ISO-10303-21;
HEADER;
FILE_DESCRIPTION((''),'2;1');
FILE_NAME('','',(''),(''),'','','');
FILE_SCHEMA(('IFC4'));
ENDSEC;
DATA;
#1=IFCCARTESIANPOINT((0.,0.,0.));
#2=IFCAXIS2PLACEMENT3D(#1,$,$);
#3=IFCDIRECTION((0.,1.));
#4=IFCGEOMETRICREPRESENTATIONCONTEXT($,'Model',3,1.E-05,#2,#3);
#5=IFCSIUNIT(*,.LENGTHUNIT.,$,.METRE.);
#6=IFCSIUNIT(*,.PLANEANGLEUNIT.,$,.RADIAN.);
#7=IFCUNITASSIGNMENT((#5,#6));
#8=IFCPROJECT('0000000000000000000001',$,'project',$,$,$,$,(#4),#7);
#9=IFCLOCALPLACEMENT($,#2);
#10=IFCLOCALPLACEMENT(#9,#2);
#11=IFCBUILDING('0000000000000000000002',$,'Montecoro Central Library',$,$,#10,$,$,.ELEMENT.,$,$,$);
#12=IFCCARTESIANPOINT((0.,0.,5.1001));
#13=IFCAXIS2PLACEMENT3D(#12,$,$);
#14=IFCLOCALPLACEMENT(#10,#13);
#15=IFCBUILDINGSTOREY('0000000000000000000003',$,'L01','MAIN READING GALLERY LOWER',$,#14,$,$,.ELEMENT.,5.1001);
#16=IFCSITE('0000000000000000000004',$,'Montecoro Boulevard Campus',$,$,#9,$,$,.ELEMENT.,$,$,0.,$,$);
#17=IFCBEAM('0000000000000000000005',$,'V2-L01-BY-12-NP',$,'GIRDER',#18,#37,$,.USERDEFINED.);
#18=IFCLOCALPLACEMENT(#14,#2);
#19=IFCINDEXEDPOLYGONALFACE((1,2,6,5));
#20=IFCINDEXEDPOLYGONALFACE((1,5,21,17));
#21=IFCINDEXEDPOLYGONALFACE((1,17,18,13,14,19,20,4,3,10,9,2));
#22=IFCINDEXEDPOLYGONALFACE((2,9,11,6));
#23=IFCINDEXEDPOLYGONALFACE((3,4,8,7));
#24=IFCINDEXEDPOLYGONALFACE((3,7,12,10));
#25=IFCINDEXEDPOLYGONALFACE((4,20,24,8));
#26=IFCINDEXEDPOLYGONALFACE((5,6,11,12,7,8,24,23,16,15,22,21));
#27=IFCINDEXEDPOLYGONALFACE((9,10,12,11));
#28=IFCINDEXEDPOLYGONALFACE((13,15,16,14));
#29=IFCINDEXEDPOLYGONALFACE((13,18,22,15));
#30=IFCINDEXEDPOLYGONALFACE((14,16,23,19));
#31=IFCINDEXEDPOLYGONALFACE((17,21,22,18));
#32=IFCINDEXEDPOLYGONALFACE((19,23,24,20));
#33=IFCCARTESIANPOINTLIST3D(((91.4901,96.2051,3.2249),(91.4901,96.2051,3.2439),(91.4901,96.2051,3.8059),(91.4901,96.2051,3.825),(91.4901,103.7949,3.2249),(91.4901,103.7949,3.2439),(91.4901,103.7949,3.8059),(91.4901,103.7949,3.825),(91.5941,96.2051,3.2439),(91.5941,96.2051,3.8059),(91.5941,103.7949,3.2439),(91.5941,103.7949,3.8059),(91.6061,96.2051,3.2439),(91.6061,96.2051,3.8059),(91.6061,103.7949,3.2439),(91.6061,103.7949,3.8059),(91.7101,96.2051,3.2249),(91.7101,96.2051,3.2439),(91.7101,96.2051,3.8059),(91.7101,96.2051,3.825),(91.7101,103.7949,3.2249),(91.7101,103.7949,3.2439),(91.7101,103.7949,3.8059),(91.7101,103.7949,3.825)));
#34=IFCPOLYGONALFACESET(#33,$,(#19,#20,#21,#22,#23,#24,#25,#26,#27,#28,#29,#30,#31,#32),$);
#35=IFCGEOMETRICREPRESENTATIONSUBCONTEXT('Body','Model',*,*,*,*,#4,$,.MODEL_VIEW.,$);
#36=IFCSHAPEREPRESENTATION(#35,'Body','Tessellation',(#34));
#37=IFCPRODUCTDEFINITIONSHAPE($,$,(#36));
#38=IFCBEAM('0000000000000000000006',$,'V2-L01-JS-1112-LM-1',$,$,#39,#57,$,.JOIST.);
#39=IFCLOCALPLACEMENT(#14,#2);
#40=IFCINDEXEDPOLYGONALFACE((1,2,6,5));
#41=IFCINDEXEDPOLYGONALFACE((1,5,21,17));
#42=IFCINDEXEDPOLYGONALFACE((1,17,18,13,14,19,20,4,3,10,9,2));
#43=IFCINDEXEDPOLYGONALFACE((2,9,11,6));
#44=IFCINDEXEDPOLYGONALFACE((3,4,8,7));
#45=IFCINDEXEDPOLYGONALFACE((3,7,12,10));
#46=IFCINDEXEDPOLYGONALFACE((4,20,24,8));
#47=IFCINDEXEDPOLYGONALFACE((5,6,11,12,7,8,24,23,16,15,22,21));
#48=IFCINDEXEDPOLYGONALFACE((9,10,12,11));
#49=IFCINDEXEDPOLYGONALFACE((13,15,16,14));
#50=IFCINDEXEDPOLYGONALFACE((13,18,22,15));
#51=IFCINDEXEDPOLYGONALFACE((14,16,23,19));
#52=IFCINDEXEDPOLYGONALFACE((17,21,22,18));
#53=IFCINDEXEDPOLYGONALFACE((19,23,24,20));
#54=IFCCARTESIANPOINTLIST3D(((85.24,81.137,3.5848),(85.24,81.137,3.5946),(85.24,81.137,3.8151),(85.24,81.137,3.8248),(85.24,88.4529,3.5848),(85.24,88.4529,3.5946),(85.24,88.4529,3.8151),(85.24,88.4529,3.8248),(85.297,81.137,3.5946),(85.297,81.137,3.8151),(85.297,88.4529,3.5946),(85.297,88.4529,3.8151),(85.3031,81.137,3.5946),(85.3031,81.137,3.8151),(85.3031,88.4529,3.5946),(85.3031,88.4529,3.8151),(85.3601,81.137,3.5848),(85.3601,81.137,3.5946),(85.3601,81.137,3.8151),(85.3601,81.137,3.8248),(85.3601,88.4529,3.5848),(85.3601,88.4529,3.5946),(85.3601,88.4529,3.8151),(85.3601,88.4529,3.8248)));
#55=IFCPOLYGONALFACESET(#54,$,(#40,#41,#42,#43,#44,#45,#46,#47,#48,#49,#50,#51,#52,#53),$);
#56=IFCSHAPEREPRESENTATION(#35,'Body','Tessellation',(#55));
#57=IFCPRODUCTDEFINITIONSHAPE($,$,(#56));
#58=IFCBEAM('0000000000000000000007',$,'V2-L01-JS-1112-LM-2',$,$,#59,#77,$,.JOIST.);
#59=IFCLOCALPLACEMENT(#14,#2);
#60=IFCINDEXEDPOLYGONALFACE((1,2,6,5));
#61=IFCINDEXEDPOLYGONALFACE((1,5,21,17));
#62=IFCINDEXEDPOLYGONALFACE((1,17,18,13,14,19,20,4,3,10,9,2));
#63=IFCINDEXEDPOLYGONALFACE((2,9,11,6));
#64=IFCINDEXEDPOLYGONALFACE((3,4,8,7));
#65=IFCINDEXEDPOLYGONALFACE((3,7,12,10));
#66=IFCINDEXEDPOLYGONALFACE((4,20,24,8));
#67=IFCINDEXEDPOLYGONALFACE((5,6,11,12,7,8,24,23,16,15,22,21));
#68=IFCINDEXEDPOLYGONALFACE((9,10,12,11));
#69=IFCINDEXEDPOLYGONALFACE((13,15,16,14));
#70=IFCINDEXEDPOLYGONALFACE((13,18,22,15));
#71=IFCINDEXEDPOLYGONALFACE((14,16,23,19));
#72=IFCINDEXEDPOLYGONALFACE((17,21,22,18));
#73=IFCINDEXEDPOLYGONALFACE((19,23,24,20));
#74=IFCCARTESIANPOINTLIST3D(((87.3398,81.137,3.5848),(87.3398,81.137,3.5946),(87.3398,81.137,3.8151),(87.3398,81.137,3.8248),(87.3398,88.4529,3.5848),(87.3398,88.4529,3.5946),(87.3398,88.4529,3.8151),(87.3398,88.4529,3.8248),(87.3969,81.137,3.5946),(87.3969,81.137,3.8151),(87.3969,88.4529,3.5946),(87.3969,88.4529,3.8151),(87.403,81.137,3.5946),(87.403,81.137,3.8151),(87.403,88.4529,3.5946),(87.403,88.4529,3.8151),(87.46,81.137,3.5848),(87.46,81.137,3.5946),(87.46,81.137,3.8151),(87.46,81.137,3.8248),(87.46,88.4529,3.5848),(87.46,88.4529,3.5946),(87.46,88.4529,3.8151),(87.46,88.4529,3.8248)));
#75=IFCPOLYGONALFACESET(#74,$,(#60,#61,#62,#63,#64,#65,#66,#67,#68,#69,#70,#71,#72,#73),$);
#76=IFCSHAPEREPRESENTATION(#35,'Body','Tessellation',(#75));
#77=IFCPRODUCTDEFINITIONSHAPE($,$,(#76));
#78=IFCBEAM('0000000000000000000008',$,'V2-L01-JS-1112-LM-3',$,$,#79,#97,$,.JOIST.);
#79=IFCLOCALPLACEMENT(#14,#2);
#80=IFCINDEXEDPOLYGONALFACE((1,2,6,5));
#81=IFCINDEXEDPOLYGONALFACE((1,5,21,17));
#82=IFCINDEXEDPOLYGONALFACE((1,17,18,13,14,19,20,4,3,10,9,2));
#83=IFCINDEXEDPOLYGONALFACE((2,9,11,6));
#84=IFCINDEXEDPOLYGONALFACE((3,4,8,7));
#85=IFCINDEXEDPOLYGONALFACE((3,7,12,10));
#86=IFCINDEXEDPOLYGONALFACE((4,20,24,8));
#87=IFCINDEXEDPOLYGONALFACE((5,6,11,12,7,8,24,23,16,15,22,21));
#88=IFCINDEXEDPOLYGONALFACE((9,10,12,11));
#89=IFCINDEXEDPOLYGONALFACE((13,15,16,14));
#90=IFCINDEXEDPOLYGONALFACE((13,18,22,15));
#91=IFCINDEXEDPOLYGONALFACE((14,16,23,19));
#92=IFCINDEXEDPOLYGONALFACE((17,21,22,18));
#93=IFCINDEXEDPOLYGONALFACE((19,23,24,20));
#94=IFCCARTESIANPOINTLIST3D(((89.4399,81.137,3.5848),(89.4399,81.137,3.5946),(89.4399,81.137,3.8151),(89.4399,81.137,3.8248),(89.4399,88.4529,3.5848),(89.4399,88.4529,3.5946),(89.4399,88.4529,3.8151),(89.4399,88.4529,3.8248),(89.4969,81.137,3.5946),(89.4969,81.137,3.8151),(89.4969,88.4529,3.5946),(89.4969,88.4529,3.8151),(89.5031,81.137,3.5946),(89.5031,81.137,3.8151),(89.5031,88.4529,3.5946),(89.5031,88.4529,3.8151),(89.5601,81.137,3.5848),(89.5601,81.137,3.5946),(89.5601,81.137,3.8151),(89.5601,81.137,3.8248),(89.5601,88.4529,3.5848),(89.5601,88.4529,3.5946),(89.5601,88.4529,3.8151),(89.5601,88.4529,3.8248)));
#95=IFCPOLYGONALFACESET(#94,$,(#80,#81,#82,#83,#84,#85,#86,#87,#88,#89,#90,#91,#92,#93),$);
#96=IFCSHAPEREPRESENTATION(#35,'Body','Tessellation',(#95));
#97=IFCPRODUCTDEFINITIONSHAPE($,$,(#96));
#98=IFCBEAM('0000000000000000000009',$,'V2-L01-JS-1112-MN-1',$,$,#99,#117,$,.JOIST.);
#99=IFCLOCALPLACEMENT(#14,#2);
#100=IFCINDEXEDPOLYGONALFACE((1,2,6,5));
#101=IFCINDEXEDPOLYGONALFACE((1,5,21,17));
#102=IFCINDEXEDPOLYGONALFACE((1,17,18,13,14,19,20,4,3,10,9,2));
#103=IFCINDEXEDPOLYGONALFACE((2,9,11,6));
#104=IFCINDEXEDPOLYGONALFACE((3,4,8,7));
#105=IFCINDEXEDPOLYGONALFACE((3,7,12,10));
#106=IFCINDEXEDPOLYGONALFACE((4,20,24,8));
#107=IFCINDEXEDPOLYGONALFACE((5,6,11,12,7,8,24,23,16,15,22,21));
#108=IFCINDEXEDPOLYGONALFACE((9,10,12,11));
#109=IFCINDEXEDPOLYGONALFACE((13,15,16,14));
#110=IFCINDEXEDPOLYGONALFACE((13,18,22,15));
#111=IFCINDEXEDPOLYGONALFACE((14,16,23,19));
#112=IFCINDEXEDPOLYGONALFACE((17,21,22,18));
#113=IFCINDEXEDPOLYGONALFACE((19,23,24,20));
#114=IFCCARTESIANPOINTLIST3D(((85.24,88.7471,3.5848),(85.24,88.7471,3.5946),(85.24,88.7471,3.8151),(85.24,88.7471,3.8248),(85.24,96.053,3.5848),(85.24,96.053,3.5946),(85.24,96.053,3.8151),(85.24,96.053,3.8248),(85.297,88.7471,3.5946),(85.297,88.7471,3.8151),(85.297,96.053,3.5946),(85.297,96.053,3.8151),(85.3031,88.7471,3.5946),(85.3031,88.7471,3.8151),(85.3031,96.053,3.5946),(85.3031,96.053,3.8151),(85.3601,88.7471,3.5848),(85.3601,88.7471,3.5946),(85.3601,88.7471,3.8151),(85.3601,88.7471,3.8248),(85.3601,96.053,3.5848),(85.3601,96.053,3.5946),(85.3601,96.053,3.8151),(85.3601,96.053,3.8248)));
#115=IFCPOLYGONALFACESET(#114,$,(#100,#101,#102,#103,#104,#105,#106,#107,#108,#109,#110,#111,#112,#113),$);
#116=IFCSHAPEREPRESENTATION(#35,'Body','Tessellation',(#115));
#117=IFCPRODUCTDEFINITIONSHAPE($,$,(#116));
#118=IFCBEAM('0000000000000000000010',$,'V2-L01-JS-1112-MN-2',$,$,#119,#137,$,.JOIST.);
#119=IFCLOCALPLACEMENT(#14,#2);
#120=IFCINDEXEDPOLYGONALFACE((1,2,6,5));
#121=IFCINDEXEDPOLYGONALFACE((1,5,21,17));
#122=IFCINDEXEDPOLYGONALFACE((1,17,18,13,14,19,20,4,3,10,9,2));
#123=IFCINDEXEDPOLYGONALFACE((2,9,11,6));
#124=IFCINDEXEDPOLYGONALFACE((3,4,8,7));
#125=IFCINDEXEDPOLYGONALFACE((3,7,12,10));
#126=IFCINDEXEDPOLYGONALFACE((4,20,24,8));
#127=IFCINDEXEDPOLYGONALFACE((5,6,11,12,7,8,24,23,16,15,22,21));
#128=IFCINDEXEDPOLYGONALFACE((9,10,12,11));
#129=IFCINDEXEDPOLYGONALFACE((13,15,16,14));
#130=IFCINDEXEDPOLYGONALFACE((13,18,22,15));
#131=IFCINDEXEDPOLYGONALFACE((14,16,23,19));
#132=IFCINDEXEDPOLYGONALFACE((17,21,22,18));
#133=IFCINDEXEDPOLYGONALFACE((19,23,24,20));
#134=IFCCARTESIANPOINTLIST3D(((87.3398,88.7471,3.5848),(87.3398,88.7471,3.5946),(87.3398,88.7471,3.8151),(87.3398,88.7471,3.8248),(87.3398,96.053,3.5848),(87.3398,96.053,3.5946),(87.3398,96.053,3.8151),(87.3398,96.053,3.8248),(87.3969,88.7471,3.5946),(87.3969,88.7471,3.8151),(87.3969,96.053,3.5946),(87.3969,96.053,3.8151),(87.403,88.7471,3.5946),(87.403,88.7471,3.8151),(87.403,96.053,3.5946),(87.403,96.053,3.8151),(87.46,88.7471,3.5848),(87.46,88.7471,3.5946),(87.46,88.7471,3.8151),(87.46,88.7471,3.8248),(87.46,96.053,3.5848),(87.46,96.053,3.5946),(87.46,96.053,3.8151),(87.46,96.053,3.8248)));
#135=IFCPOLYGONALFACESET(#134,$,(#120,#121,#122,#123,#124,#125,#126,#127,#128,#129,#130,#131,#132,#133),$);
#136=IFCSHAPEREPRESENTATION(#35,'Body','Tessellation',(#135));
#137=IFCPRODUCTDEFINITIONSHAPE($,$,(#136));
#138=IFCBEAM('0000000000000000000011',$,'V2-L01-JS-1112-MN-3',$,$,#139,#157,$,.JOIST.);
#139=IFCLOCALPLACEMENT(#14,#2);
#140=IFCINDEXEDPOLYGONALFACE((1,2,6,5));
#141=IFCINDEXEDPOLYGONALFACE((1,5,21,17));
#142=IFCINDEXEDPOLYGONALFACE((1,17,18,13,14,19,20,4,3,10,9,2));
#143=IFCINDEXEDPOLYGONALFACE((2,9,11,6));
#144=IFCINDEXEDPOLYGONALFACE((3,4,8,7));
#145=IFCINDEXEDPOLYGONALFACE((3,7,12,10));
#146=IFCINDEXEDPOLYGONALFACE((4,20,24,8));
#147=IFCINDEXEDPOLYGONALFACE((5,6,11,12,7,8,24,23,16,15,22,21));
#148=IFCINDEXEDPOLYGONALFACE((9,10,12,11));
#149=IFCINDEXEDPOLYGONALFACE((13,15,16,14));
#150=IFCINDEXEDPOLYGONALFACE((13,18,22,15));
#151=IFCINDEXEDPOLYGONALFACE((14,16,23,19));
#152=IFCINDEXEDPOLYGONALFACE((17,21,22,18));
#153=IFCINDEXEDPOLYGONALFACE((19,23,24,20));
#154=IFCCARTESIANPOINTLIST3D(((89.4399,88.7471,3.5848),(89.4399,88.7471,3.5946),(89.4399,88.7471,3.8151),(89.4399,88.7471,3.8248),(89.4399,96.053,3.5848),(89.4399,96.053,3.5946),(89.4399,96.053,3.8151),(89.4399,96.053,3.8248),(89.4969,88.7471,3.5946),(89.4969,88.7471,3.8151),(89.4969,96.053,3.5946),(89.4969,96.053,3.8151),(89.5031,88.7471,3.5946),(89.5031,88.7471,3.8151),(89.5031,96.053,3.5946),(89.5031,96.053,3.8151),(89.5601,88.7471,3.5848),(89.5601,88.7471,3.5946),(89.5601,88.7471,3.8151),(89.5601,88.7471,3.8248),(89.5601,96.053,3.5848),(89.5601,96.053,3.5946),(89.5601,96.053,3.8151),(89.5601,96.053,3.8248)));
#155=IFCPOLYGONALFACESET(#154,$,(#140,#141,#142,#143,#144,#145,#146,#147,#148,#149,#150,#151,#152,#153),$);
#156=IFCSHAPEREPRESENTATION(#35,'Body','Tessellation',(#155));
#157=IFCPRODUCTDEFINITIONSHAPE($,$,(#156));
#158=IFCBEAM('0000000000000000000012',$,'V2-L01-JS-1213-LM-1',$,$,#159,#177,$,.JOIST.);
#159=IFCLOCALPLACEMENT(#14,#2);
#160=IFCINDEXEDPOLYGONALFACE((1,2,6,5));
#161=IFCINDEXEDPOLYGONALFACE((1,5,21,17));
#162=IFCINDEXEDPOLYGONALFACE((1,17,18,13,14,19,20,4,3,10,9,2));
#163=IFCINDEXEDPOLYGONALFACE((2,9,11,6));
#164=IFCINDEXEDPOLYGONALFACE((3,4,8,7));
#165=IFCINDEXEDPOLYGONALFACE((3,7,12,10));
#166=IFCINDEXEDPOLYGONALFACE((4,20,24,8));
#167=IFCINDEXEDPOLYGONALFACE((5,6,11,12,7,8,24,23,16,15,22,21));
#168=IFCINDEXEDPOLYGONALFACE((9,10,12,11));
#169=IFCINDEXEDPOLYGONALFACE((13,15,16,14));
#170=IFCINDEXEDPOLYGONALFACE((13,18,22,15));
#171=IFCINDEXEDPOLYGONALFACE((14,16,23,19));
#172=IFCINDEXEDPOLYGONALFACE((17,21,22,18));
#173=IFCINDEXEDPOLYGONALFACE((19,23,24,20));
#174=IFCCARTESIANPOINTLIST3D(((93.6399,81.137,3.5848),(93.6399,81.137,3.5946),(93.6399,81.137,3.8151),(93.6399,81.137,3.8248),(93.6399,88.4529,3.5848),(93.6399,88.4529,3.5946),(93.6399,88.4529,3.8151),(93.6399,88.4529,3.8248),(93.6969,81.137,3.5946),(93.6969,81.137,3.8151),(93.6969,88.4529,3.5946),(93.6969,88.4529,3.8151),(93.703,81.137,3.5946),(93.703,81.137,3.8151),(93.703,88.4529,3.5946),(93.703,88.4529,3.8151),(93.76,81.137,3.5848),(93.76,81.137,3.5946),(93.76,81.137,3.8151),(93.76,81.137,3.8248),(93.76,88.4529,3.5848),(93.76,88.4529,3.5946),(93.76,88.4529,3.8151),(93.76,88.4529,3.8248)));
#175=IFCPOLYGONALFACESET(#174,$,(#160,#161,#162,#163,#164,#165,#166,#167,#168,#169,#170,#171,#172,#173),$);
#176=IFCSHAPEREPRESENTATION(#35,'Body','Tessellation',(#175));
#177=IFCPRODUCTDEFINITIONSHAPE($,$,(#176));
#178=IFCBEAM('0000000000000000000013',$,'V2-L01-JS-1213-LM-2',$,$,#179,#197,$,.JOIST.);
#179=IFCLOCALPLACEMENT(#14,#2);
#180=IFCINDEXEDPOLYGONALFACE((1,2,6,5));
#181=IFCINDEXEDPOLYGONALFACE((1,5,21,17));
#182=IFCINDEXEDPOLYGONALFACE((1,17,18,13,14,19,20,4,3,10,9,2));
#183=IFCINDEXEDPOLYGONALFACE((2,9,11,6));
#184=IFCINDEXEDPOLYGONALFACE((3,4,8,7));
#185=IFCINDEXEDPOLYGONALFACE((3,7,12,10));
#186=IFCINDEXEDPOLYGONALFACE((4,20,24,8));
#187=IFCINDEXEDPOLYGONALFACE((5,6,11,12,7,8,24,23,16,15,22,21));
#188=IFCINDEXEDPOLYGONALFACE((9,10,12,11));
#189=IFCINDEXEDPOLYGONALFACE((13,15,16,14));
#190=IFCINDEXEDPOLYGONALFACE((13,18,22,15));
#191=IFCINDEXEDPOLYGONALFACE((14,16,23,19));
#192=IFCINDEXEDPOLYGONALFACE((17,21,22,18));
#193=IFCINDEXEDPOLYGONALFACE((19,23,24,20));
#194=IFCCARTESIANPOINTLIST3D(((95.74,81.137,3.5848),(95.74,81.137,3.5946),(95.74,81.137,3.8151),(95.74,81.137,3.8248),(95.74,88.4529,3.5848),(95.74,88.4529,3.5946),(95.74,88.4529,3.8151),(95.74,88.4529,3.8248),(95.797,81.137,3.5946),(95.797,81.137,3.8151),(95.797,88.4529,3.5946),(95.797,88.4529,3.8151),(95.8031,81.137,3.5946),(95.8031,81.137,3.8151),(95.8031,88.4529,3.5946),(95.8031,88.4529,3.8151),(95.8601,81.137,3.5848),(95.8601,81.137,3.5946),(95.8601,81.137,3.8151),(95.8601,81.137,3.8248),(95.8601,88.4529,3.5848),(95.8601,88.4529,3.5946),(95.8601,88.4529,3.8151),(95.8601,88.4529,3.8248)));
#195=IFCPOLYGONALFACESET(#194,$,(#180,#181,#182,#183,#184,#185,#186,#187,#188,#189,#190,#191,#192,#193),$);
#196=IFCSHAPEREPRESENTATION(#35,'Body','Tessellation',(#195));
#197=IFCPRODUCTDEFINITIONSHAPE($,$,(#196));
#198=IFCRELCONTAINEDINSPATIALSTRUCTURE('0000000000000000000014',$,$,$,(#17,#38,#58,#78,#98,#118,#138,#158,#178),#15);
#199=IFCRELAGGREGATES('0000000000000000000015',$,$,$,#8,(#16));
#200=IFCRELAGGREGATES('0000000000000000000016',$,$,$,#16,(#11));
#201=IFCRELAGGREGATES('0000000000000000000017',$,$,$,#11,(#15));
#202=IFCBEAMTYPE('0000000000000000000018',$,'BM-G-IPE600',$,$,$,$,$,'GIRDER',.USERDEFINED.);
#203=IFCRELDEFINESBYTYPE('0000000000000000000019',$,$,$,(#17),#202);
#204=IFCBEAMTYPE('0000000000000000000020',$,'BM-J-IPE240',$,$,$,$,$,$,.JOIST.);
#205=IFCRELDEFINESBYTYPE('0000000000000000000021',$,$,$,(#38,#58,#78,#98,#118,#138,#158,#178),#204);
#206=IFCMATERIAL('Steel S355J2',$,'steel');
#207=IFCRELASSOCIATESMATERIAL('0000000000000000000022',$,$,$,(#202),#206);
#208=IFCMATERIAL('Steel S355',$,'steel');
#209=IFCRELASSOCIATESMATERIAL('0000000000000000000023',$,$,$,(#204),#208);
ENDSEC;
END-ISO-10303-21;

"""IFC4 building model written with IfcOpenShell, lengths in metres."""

from ifc_helpers import new_model, si_unit, direction, frame, origin, origin_2d, place, context, subcontext, project, spatial, i_section, extrude, material, material_profile, profile_set, type_object, element, save


model = new_model("IFC4")

# Units and contexts
model_context = context("Model", 3, precision=1e-05, world=origin(), true_north=direction((0.0, 1.0)))
body_context = subcontext(model_context, "Body", "Model", "MODEL_VIEW")
ifc_project = project(units=[si_unit("LENGTHUNIT", "METRE"), si_unit("PLANEANGLEUNIT", "RADIAN")], contexts=[model_context])

# Site, building, storey
site_placement = place(None, origin())
site = spatial("IfcSite", under=ifc_project, at=site_placement, Name="Montecoro Boulevard Campus", CompositionType="ELEMENT", RefElevation=0.0)
building_placement = place(site_placement, origin())
building = spatial("IfcBuilding", under=site, at=building_placement, Name="Montecoro Central Library", CompositionType="ELEMENT")
storey_placement = place(building_placement, frame((0.0, 0.0, 5.1001)))
storey = spatial("IfcBuildingStorey", under=building, at=storey_placement, Name="L01", Description="MAIN READING GALLERY LOWER", CompositionType="ELEMENT", Elevation=5.1001)

# Shared definitions
ifc_material_1 = material(Name="Steel S355J2", Category="steel")

# Beams
ifc_material_profile_1 = material_profile(ifc_material_1, i_section(OverallWidth=0.22, OverallDepth=0.6001, WebThickness=0.012, FlangeThickness=0.019, at=origin_2d()), Name="IPE 600")
ifc_profile_set_1 = profile_set([ifc_material_profile_1], Name="Steel S355J2")
beam_type_1 = type_object("IfcBeamType", Name="BM-G-IPE600", ElementType="GIRDER", PredefinedType="USERDEFINED", material=ifc_profile_set_1)
beam_1_placement = place(storey_placement, frame((91.6001, 96.2051, 3.5249), z_axis=(0.0, 1.0, 0.0), x_axis=(-1.0, 0.0, 0.0)))
element("IfcBeam", 1, at=beam_1_placement, inside=storey, type_object=beam_type_1, Name="V2-L01-BY-12-NP", ObjectType="GIRDER", PredefinedType="USERDEFINED", context=body_context, shape_type="SweptSolid", body=[
    extrude(i_section(OverallWidth=0.22, OverallDepth=0.6001, WebThickness=0.012, FlangeThickness=0.019, at=origin_2d()), origin(), (0.0, 0.0, 1.0), 7.5898),
])
ifc_material_2 = material(Name="Steel S355", Category="steel")
ifc_material_profile_2 = material_profile(ifc_material_2, i_section(OverallWidth=0.1201, OverallDepth=0.24, WebThickness=0.0061, FlangeThickness=0.0098, at=origin_2d()), Name="IPE 240")
ifc_profile_set_2 = profile_set([ifc_material_profile_2], Name="Steel S355")
beam_type_2 = type_object("IfcBeamType", Name="BM-J-IPE240", PredefinedType="JOIST", material=ifc_profile_set_2)
for number, where, z_axis, x_axis, name in (
    (2, (85.3, 81.137, 3.7048), (0.0, 1.0, 0.0), (-1.0, 0.0, 0.0), "V2-L01-JS-1112-LM-1"),
    (3, (87.3999, 81.137, 3.7048), (0.0, 1.0, 0.0), (-1.0, 0.0, 0.0), "V2-L01-JS-1112-LM-2"),
    (4, (89.5, 81.137, 3.7048), (0.0, 1.0, 0.0), (-1.0, 0.0, 0.0), "V2-L01-JS-1112-LM-3"),
):
    element("IfcBeam", number, at=place(storey_placement, frame(where, z_axis=z_axis, x_axis=x_axis)), inside=storey, type_object=beam_type_2, Name=name, PredefinedType="JOIST", context=body_context, shape_type="SweptSolid", body=[
        extrude(i_section(OverallWidth=0.1201, OverallDepth=0.24, WebThickness=0.0061, FlangeThickness=0.0098, at=origin_2d()), origin(), (0.0, 0.0, 1.0), 7.3159),
    ])
for number, where, z_axis, x_axis, name in (
    (5, (85.3, 88.7471, 3.7048), (0.0, 1.0, 0.0), (-1.0, 0.0, 0.0), "V2-L01-JS-1112-MN-1"),
    (6, (87.3999, 88.7471, 3.7048), (0.0, 1.0, 0.0), (-1.0, 0.0, 0.0), "V2-L01-JS-1112-MN-2"),
    (7, (89.5, 88.7471, 3.7048), (0.0, 1.0, 0.0), (-1.0, 0.0, 0.0), "V2-L01-JS-1112-MN-3"),
):
    element("IfcBeam", number, at=place(storey_placement, frame(where, z_axis=z_axis, x_axis=x_axis)), inside=storey, type_object=beam_type_2, Name=name, PredefinedType="JOIST", context=body_context, shape_type="SweptSolid", body=[
        extrude(i_section(OverallWidth=0.1201, OverallDepth=0.24, WebThickness=0.0061, FlangeThickness=0.0098, at=origin_2d()), origin(), (0.0, 0.0, 1.0), 7.3059),
    ])
for number, where, z_axis, x_axis, name in (
    (8, (93.7, 81.137, 3.7048), (0.0, 1.0, 0.0), (-1.0, 0.0, 0.0), "V2-L01-JS-1213-LM-1"),
    (9, (95.8, 81.137, 3.7048), (0.0, 1.0, 0.0), (-1.0, 0.0, 0.0), "V2-L01-JS-1213-LM-2"),
):
    element("IfcBeam", number, at=place(storey_placement, frame(where, z_axis=z_axis, x_axis=x_axis)), inside=storey, type_object=beam_type_2, Name=name, PredefinedType="JOIST", context=body_context, shape_type="SweptSolid", body=[
        extrude(i_section(OverallWidth=0.1201, OverallDepth=0.24, WebThickness=0.0061, FlangeThickness=0.0098, at=origin_2d()), origin(), (0.0, 0.0, 1.0), 7.3159),
    ])

save(model, "model.ifc")
